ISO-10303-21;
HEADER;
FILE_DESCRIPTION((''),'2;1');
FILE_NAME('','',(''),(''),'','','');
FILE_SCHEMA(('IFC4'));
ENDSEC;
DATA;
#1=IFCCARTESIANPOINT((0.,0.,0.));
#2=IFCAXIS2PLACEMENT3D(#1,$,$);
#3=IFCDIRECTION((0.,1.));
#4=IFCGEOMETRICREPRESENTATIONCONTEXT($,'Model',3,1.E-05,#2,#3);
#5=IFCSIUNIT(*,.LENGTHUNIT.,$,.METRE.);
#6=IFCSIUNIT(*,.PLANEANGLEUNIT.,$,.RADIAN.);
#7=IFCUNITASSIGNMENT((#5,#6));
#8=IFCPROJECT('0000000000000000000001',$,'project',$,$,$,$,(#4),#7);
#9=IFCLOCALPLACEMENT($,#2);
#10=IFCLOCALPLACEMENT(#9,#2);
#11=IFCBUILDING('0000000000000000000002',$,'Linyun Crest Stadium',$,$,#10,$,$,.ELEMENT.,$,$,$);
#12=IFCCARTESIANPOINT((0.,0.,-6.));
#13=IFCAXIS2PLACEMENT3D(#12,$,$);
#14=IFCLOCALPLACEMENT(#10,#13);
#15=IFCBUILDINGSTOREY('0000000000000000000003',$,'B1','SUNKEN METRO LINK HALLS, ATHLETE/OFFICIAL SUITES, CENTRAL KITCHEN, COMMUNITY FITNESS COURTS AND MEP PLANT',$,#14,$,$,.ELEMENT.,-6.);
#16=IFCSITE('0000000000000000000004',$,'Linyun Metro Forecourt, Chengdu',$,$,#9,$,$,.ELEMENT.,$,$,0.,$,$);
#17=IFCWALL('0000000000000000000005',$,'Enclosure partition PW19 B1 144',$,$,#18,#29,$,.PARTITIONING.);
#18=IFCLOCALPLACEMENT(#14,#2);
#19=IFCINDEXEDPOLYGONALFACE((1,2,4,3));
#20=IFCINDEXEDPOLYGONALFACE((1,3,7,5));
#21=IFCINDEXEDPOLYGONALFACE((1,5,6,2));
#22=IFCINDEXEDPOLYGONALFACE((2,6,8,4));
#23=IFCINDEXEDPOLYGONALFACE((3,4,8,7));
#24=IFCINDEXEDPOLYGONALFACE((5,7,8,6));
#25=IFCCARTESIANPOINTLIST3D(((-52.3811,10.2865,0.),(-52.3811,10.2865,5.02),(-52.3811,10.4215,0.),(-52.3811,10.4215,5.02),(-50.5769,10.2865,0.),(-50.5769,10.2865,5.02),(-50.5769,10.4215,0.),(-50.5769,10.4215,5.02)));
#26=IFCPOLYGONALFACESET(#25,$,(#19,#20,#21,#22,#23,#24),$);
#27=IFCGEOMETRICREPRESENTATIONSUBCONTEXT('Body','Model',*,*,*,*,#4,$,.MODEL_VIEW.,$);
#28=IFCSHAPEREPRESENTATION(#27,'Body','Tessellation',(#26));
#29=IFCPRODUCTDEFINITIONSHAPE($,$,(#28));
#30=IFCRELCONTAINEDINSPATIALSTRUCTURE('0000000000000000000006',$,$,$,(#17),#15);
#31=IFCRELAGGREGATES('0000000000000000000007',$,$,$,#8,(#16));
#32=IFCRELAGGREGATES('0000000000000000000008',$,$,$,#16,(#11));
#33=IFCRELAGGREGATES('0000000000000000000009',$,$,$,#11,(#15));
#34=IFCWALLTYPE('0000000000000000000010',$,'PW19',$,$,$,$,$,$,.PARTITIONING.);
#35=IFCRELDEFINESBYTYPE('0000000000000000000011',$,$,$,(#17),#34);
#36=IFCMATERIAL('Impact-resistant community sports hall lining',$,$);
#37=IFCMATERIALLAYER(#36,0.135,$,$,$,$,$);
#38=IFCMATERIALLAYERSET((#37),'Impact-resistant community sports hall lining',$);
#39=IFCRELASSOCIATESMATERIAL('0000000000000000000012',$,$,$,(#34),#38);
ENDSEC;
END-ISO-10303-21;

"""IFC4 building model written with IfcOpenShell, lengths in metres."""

from ifc_helpers import new_model, si_unit, direction, frame, frame_2d, origin, place, context, subcontext, project, spatial, rectangle, extrude, material, layer, layer_set, type_object, element, save


model = new_model("IFC4")

# Units and contexts
model_context = context("Model", 3, precision=1e-05, world=origin(), true_north=direction((0.0, 1.0)))
body_context = subcontext(model_context, "Body", "Model", "MODEL_VIEW")
ifc_project = project(units=[si_unit("LENGTHUNIT", "METRE"), si_unit("PLANEANGLEUNIT", "RADIAN")], contexts=[model_context])

# Site, building, storey
site_placement = place(None, origin())
site = spatial("IfcSite", under=ifc_project, at=site_placement, Name="Linyun Metro Forecourt, Chengdu", CompositionType="ELEMENT", RefElevation=0.0)
building_placement = place(site_placement, origin())
building = spatial("IfcBuilding", under=site, at=building_placement, Name="Linyun Crest Stadium", CompositionType="ELEMENT")
storey_placement = place(building_placement, frame((0.0, 0.0, -6.0)))
storey = spatial("IfcBuildingStorey", under=building, at=storey_placement, Name="B1", Description="SUNKEN METRO LINK HALLS, ATHLETE/OFFICIAL SUITES, CENTRAL KITCHEN, COMMUNITY FITNESS COURTS AND MEP PLANT", CompositionType="ELEMENT", Elevation=-6.0)

# Shared definitions
ifc_material_1 = material(Name="Impact-resistant community sports hall lining")
ifc_layer_1 = layer(ifc_material_1, 0.135)
ifc_layer_set_1 = layer_set([ifc_layer_1], Name="Impact-resistant community sports hall lining")
wall_type = type_object("IfcWallType", Name="PW19", PredefinedType="PARTITIONING", material=ifc_layer_set_1)

# Wall
for number, where, z_axis, x_axis, name in (
    (1, (-52.3811, 10.354, 0.0), (0.0, 0.0, 1.0), (1.0, 0.0, 0.0), "Enclosure partition PW19 B1 144"),
):
    element("IfcWall", number, at=place(storey_placement, frame(where, z_axis=z_axis, x_axis=x_axis)), inside=storey, type_object=wall_type, Name=name, PredefinedType="PARTITIONING", context=body_context, shape_type="SweptSolid", body=[
        extrude(rectangle(XDim=1.8042, YDim=0.135, at=frame_2d((0.9021, 0.0))), origin(), (0.0, 0.0, 1.0), 5.02),
    ])

save(model, "model.ifc")
